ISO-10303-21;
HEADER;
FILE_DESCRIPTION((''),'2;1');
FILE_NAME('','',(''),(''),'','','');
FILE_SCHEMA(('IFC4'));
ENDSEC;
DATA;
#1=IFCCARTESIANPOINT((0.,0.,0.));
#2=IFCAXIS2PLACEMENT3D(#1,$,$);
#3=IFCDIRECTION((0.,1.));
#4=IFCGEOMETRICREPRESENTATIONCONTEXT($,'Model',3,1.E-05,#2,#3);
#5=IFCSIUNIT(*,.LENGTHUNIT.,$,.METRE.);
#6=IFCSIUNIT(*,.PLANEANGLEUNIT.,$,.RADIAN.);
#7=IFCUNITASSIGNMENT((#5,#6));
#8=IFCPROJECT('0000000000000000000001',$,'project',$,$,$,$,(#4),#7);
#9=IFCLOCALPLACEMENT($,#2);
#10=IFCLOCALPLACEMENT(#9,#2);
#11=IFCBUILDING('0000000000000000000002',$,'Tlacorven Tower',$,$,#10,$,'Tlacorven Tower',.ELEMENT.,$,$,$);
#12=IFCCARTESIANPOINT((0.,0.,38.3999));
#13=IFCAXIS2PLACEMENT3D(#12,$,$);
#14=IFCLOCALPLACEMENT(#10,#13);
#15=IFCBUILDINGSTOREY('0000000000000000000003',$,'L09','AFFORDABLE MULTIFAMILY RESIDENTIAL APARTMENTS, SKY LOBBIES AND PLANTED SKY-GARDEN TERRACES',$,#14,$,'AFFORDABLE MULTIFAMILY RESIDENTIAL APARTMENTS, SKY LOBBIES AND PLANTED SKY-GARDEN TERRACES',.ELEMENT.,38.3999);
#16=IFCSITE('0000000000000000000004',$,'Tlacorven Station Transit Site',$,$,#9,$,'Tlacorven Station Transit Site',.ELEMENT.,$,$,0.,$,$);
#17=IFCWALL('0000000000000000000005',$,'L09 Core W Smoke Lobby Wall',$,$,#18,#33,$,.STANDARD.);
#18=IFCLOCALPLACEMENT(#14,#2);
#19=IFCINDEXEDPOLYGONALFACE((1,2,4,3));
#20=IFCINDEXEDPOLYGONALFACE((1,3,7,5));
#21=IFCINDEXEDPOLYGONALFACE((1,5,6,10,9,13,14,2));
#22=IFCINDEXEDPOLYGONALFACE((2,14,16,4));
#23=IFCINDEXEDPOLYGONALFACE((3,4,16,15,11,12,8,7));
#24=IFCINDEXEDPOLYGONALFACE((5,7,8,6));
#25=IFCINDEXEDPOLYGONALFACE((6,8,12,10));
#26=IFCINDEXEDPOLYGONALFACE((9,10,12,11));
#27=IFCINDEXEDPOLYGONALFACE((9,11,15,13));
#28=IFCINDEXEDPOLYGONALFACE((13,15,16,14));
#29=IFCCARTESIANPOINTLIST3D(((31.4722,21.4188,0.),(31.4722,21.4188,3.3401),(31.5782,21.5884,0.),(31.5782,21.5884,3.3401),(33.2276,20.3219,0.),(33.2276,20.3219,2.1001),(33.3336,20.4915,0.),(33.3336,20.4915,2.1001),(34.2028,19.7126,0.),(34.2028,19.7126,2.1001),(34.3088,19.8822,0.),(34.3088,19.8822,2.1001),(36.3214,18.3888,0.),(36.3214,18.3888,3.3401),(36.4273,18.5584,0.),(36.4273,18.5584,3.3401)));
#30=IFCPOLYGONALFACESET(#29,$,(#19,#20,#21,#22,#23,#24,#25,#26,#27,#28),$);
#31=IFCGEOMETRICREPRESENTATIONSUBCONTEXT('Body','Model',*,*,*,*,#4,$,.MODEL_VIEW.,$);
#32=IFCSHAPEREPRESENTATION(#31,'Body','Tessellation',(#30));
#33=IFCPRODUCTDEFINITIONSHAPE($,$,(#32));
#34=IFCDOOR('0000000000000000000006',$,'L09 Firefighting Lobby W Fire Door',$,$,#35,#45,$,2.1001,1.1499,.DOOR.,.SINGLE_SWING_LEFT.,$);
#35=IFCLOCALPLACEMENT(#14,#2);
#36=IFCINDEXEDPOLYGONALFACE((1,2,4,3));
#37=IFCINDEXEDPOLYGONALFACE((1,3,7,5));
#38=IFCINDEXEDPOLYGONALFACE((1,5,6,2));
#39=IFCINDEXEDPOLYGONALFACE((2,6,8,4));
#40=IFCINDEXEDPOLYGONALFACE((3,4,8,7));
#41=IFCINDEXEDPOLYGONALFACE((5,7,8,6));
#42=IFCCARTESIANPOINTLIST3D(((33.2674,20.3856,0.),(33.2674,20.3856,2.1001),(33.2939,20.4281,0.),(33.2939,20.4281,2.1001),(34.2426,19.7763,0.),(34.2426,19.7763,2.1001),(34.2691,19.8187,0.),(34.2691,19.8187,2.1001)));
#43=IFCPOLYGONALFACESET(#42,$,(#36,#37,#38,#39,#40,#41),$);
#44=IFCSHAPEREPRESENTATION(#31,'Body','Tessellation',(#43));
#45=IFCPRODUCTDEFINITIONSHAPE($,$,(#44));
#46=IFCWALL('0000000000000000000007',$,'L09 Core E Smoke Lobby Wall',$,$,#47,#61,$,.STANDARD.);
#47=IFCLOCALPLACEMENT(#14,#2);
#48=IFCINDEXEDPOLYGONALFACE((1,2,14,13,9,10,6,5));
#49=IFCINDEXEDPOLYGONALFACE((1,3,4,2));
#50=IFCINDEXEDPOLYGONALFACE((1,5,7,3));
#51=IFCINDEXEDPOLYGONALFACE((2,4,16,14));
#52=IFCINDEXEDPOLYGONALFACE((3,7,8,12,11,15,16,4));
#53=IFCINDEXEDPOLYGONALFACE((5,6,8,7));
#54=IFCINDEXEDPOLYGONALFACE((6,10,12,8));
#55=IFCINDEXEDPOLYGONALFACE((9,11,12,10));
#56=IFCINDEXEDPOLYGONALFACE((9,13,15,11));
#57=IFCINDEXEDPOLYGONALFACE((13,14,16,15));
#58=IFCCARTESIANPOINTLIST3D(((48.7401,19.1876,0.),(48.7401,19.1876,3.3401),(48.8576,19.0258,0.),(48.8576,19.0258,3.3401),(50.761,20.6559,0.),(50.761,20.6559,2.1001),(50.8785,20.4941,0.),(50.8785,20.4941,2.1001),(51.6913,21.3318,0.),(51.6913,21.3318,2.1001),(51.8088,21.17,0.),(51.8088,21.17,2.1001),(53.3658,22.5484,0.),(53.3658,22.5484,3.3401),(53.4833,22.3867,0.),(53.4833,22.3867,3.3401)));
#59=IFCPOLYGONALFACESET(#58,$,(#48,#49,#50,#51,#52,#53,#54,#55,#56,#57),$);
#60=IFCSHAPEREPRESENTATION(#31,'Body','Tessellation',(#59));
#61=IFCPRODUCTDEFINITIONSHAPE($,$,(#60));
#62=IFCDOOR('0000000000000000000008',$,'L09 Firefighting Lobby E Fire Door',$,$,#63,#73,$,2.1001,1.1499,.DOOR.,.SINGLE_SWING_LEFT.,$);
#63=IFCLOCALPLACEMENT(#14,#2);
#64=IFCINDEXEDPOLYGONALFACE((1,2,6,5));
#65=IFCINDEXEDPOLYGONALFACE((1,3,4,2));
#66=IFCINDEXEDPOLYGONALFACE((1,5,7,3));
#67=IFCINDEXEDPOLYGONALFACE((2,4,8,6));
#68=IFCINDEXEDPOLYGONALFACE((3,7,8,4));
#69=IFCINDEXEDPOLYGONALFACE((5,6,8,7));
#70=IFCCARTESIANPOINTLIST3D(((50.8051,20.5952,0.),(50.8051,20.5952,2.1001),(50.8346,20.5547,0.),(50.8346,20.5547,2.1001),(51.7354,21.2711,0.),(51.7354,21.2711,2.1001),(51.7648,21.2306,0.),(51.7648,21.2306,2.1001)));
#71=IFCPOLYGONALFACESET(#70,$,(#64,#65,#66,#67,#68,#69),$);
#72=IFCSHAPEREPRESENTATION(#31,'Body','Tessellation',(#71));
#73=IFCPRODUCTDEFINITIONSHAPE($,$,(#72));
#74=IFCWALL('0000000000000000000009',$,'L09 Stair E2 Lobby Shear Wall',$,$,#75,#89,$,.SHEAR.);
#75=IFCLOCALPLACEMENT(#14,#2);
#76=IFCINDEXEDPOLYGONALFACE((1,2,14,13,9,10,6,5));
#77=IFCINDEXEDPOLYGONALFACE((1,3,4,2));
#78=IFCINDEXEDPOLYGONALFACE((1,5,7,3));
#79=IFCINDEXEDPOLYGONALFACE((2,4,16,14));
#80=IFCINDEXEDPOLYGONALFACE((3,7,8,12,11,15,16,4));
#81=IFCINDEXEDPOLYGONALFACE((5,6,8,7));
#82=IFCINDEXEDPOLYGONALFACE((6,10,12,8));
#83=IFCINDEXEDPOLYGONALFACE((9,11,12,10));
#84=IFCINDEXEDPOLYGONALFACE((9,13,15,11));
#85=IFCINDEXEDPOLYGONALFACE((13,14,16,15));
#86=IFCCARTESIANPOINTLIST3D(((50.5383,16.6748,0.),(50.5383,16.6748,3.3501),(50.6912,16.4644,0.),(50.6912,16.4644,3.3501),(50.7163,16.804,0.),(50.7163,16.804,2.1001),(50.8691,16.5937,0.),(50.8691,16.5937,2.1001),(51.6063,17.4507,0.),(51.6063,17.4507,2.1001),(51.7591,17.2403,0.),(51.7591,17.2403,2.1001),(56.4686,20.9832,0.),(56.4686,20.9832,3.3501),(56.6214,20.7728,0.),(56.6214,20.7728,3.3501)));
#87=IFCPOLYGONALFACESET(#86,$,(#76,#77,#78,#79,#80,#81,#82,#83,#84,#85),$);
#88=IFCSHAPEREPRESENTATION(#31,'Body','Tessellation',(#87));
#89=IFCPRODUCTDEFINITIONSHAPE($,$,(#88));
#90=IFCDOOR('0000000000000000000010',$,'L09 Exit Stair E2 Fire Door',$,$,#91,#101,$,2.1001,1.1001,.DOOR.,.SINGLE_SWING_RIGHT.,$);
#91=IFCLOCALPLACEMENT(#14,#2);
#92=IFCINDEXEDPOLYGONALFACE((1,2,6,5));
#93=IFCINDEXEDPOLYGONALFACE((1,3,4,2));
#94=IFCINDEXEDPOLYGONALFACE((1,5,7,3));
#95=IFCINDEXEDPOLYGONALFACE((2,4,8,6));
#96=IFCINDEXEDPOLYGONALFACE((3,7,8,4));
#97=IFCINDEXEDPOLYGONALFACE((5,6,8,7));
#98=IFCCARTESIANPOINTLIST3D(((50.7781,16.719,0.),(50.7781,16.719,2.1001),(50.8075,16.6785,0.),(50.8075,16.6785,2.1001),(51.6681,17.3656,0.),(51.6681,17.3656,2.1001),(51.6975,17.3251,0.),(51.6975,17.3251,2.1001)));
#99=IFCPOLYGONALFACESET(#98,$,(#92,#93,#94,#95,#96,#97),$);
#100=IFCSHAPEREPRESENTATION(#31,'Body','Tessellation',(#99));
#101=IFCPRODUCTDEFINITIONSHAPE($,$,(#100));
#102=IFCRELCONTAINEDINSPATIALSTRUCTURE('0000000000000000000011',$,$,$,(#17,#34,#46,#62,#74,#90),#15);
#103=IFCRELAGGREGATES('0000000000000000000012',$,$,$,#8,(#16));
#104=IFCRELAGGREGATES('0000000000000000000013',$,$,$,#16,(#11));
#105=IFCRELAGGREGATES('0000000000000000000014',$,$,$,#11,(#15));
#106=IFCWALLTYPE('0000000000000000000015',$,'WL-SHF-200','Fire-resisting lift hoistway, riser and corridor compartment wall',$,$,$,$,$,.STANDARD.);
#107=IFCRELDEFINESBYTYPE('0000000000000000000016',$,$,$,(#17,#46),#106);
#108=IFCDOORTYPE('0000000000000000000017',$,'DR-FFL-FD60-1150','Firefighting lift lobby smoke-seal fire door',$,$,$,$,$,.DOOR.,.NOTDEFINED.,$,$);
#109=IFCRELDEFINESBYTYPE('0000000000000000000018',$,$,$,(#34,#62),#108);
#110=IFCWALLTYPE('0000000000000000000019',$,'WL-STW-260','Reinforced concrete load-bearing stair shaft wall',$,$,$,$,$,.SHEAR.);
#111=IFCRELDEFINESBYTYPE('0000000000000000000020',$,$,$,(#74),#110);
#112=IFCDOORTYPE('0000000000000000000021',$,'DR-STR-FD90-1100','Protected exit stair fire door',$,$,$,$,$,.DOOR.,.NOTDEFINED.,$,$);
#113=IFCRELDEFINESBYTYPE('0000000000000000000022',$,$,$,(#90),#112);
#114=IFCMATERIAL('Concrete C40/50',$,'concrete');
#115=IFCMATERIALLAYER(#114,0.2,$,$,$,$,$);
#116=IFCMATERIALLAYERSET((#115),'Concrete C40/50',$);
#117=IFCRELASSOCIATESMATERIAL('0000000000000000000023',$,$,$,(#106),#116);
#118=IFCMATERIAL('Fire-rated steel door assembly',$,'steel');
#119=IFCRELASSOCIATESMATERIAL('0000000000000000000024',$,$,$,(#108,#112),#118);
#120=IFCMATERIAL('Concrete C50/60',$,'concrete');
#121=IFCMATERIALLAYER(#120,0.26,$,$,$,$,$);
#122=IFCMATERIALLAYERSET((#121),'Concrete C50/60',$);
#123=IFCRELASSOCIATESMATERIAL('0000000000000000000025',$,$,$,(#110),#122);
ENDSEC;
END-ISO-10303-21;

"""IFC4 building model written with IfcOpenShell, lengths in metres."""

from ifc_helpers import new_model, si_unit, direction, frame, frame_2d, origin, place, context, subcontext, project, spatial, rectangle, extrude, source, transform, mapped, material, layer, layer_set, type_object, element, fill, save


model = new_model("IFC4")

# Units and contexts
model_context = context("Model", 3, precision=1e-05, world=origin(), true_north=direction((0.0, 1.0)))
body_context = subcontext(model_context, "Body", "Model", "MODEL_VIEW")
ifc_project = project(units=[si_unit("LENGTHUNIT", "METRE"), si_unit("PLANEANGLEUNIT", "RADIAN")], contexts=[model_context])

# Site, building, storey
site_placement = place(None, origin())
site = spatial("IfcSite", under=ifc_project, at=site_placement, Name="Tlacorven Station Transit Site", LongName="Tlacorven Station Transit Site", CompositionType="ELEMENT", RefElevation=0.0)
building_placement = place(site_placement, origin())
building = spatial("IfcBuilding", under=site, at=building_placement, Name="Tlacorven Tower", LongName="Tlacorven Tower", CompositionType="ELEMENT")
storey_placement = place(building_placement, frame((0.0, 0.0, 38.3999)))
storey = spatial("IfcBuildingStorey", under=building, at=storey_placement, Name="L09", Description="AFFORDABLE MULTIFAMILY RESIDENTIAL APARTMENTS, SKY LOBBIES AND PLANTED SKY-GARDEN TERRACES", LongName="AFFORDABLE MULTIFAMILY RESIDENTIAL APARTMENTS, SKY LOBBIES AND PLANTED SKY-GARDEN TERRACES", CompositionType="ELEMENT", Elevation=38.3999)

# Shared definitions
ifc_material_1 = material(Name="Fire-rated steel door assembly", Category="steel")

# Shared definitions
ifc_material_2 = material(Name="Concrete C40/50", Category="concrete")
ifc_layer_1 = layer(ifc_material_2, 0.2)
ifc_layer_set_1 = layer_set([ifc_layer_1], Name="Concrete C40/50")
wall_type_1 = type_object("IfcWallType", Name="WL-SHF-200", Description="Fire-resisting lift hoistway, riser and corridor compartment wall", PredefinedType="STANDARD", material=ifc_layer_set_1)

# Walls, openings, doors
wall_1_placement = place(storey_placement, frame((36.3743, 18.4736, 0.0), z_axis=(0.0, 0.0, 1.0), x_axis=(-0.848051, 0.529915, 0.0)))
wall_1 = element("IfcWall", 1, at=wall_1_placement, inside=storey, type_object=wall_type_1, Name="L09 Core W Smoke Lobby Wall", PredefinedType="STANDARD", context=body_context, shape_type="SweptSolid", body=[
    extrude(rectangle(XDim=5.718, YDim=0.2, at=frame_2d((2.8589, 0.0))), origin(), (0.0, 0.0, 1.0), 3.3401),
])
opening_1_placement = place(wall_1_placement, frame((2.498, 0.0, 0.0)))
opening_1 = element("IfcOpeningElement", 2, at=opening_1_placement, cuts=wall_1, PredefinedType="OPENING", context=body_context, shape_type="SweptSolid", body=[
    extrude(rectangle(XDim=1.1499, YDim=2.1001, at=frame_2d((0.575, 1.05))), frame((0.0, 0.1099, 0.0), z_axis=(0.0, -1.0, 0.0), x_axis=(1.0, 0.0, 0.0)), (0.0, 0.0, 1.0), 0.22),
])
door_type_1 = type_object("IfcDoorType", Name="DR-FFL-FD60-1150", Description="Firefighting lift lobby smoke-seal fire door", OperationType="NOTDEFINED", PredefinedType="DOOR", material=ifc_material_1)
shared_shape_1 = source(origin(), body_context, "Body", "SweptSolid", [
    extrude(rectangle(XDim=1.1499, YDim=2.1001, at=frame_2d((0.575, 1.05))), frame((0.0, 0.0249, 0.0), z_axis=(0.0, -1.0, 0.0), x_axis=(1.0, 0.0, 0.0)), (0.0, 0.0, 1.0), 0.05),
])
door_1_placement = place(opening_1_placement, origin())
door_1 = element("IfcDoor", 3, at=door_1_placement, inside=storey, type_object=door_type_1, Name="L09 Firefighting Lobby W Fire Door", OperationType="SINGLE_SWING_LEFT", OverallHeight=2.1001, OverallWidth=1.1499, PredefinedType="DOOR", context=body_context, shape_type="MappedRepresentation", body=[
    mapped(shared_shape_1, transform((0.0, 0.0, 0.0), scale=1.0)),
])
fill(opening_1, door_1)
wall_2_placement = place(storey_placement, frame((48.7988, 19.1067, 0.0), z_axis=(0.0, 0.0, 1.0), x_axis=(0.809013, 0.587791, 0.0)))
wall_2 = element("IfcWall", 4, at=wall_2_placement, inside=storey, type_object=wall_type_1, Name="L09 Core E Smoke Lobby Wall", PredefinedType="STANDARD", context=body_context, shape_type="SweptSolid", body=[
    extrude(rectangle(XDim=5.7178, YDim=0.2, at=frame_2d((2.8589, 0.0))), origin(), (0.0, 0.0, 1.0), 3.3401),
])
opening_2_placement = place(wall_2_placement, frame((2.498, 0.0, 0.0)))
opening_2 = element("IfcOpeningElement", 5, at=opening_2_placement, cuts=wall_2, PredefinedType="OPENING", context=body_context, shape_type="SweptSolid", body=[
    extrude(rectangle(XDim=1.1499, YDim=2.1001, at=frame_2d((0.575, 1.05))), frame((0.0, 0.1099, 0.0), z_axis=(0.0, -1.0, 0.0), x_axis=(1.0, 0.0, 0.0)), (0.0, 0.0, 1.0), 0.22),
])
door_2_placement = place(opening_2_placement, origin())
door_2 = element("IfcDoor", 6, at=door_2_placement, inside=storey, type_object=door_type_1, Name="L09 Firefighting Lobby E Fire Door", OperationType="SINGLE_SWING_LEFT", OverallHeight=2.1001, OverallWidth=1.1499, PredefinedType="DOOR", context=body_context, shape_type="MappedRepresentation", body=[
    mapped(shared_shape_1, transform((0.0, 0.0, 0.0), scale=1.0)),
])
fill(opening_2, door_2)
ifc_material_3 = material(Name="Concrete C50/60", Category="concrete")
ifc_layer_2 = layer(ifc_material_3, 0.26)
ifc_layer_set_2 = layer_set([ifc_layer_2], Name="Concrete C50/60")
wall_type_2 = type_object("IfcWallType", Name="WL-STW-260", Description="Reinforced concrete load-bearing stair shaft wall", PredefinedType="SHEAR", material=ifc_layer_set_2)
wall_3_placement = place(storey_placement, frame((50.6147, 16.5696, 0.0), z_axis=(0.0, 0.0, 1.0), x_axis=(0.809028, 0.58777, 0.0)))
wall_3 = element("IfcWall", 7, at=wall_3_placement, inside=storey, type_object=wall_type_2, Name="L09 Stair E2 Lobby Shear Wall", PredefinedType="SHEAR", context=body_context, shape_type="SweptSolid", body=[
    extrude(rectangle(XDim=7.3301, YDim=0.26, at=frame_2d((3.665, 0.0))), origin(), (0.0, 0.0, 1.0), 3.3501),
])
opening_3_placement = place(wall_3_placement, frame((0.22, 0.0, 0.0)))
opening_3 = element("IfcOpeningElement", 8, at=opening_3_placement, cuts=wall_3, PredefinedType="OPENING", context=body_context, shape_type="SweptSolid", body=[
    extrude(rectangle(XDim=1.1001, YDim=2.1001, at=frame_2d((0.55, 1.05))), frame((0.0, 0.1401, 0.0), z_axis=(0.0, -1.0, 0.0), x_axis=(1.0, 0.0, 0.0)), (0.0, 0.0, 1.0), 0.28),
])
door_type_2 = type_object("IfcDoorType", Name="DR-STR-FD90-1100", Description="Protected exit stair fire door", OperationType="NOTDEFINED", PredefinedType="DOOR", material=ifc_material_1)
shared_shape_2 = source(origin(), body_context, "Body", "SweptSolid", [
    extrude(rectangle(XDim=1.1001, YDim=2.1001, at=frame_2d((0.55, 1.05))), frame((0.0, 0.0249, 0.0), z_axis=(0.0, -1.0, 0.0), x_axis=(1.0, 0.0, 0.0)), (0.0, 0.0, 1.0), 0.05),
])
door_3_placement = place(opening_3_placement, origin())
door_3 = element("IfcDoor", 9, at=door_3_placement, inside=storey, type_object=door_type_2, Name="L09 Exit Stair E2 Fire Door", OperationType="SINGLE_SWING_RIGHT", OverallHeight=2.1001, OverallWidth=1.1001, PredefinedType="DOOR", context=body_context, shape_type="MappedRepresentation", body=[
    mapped(shared_shape_2, transform((0.0, 0.0, 0.0), scale=1.0)),
])
fill(opening_3, door_3)

save(model, "model.ifc")
